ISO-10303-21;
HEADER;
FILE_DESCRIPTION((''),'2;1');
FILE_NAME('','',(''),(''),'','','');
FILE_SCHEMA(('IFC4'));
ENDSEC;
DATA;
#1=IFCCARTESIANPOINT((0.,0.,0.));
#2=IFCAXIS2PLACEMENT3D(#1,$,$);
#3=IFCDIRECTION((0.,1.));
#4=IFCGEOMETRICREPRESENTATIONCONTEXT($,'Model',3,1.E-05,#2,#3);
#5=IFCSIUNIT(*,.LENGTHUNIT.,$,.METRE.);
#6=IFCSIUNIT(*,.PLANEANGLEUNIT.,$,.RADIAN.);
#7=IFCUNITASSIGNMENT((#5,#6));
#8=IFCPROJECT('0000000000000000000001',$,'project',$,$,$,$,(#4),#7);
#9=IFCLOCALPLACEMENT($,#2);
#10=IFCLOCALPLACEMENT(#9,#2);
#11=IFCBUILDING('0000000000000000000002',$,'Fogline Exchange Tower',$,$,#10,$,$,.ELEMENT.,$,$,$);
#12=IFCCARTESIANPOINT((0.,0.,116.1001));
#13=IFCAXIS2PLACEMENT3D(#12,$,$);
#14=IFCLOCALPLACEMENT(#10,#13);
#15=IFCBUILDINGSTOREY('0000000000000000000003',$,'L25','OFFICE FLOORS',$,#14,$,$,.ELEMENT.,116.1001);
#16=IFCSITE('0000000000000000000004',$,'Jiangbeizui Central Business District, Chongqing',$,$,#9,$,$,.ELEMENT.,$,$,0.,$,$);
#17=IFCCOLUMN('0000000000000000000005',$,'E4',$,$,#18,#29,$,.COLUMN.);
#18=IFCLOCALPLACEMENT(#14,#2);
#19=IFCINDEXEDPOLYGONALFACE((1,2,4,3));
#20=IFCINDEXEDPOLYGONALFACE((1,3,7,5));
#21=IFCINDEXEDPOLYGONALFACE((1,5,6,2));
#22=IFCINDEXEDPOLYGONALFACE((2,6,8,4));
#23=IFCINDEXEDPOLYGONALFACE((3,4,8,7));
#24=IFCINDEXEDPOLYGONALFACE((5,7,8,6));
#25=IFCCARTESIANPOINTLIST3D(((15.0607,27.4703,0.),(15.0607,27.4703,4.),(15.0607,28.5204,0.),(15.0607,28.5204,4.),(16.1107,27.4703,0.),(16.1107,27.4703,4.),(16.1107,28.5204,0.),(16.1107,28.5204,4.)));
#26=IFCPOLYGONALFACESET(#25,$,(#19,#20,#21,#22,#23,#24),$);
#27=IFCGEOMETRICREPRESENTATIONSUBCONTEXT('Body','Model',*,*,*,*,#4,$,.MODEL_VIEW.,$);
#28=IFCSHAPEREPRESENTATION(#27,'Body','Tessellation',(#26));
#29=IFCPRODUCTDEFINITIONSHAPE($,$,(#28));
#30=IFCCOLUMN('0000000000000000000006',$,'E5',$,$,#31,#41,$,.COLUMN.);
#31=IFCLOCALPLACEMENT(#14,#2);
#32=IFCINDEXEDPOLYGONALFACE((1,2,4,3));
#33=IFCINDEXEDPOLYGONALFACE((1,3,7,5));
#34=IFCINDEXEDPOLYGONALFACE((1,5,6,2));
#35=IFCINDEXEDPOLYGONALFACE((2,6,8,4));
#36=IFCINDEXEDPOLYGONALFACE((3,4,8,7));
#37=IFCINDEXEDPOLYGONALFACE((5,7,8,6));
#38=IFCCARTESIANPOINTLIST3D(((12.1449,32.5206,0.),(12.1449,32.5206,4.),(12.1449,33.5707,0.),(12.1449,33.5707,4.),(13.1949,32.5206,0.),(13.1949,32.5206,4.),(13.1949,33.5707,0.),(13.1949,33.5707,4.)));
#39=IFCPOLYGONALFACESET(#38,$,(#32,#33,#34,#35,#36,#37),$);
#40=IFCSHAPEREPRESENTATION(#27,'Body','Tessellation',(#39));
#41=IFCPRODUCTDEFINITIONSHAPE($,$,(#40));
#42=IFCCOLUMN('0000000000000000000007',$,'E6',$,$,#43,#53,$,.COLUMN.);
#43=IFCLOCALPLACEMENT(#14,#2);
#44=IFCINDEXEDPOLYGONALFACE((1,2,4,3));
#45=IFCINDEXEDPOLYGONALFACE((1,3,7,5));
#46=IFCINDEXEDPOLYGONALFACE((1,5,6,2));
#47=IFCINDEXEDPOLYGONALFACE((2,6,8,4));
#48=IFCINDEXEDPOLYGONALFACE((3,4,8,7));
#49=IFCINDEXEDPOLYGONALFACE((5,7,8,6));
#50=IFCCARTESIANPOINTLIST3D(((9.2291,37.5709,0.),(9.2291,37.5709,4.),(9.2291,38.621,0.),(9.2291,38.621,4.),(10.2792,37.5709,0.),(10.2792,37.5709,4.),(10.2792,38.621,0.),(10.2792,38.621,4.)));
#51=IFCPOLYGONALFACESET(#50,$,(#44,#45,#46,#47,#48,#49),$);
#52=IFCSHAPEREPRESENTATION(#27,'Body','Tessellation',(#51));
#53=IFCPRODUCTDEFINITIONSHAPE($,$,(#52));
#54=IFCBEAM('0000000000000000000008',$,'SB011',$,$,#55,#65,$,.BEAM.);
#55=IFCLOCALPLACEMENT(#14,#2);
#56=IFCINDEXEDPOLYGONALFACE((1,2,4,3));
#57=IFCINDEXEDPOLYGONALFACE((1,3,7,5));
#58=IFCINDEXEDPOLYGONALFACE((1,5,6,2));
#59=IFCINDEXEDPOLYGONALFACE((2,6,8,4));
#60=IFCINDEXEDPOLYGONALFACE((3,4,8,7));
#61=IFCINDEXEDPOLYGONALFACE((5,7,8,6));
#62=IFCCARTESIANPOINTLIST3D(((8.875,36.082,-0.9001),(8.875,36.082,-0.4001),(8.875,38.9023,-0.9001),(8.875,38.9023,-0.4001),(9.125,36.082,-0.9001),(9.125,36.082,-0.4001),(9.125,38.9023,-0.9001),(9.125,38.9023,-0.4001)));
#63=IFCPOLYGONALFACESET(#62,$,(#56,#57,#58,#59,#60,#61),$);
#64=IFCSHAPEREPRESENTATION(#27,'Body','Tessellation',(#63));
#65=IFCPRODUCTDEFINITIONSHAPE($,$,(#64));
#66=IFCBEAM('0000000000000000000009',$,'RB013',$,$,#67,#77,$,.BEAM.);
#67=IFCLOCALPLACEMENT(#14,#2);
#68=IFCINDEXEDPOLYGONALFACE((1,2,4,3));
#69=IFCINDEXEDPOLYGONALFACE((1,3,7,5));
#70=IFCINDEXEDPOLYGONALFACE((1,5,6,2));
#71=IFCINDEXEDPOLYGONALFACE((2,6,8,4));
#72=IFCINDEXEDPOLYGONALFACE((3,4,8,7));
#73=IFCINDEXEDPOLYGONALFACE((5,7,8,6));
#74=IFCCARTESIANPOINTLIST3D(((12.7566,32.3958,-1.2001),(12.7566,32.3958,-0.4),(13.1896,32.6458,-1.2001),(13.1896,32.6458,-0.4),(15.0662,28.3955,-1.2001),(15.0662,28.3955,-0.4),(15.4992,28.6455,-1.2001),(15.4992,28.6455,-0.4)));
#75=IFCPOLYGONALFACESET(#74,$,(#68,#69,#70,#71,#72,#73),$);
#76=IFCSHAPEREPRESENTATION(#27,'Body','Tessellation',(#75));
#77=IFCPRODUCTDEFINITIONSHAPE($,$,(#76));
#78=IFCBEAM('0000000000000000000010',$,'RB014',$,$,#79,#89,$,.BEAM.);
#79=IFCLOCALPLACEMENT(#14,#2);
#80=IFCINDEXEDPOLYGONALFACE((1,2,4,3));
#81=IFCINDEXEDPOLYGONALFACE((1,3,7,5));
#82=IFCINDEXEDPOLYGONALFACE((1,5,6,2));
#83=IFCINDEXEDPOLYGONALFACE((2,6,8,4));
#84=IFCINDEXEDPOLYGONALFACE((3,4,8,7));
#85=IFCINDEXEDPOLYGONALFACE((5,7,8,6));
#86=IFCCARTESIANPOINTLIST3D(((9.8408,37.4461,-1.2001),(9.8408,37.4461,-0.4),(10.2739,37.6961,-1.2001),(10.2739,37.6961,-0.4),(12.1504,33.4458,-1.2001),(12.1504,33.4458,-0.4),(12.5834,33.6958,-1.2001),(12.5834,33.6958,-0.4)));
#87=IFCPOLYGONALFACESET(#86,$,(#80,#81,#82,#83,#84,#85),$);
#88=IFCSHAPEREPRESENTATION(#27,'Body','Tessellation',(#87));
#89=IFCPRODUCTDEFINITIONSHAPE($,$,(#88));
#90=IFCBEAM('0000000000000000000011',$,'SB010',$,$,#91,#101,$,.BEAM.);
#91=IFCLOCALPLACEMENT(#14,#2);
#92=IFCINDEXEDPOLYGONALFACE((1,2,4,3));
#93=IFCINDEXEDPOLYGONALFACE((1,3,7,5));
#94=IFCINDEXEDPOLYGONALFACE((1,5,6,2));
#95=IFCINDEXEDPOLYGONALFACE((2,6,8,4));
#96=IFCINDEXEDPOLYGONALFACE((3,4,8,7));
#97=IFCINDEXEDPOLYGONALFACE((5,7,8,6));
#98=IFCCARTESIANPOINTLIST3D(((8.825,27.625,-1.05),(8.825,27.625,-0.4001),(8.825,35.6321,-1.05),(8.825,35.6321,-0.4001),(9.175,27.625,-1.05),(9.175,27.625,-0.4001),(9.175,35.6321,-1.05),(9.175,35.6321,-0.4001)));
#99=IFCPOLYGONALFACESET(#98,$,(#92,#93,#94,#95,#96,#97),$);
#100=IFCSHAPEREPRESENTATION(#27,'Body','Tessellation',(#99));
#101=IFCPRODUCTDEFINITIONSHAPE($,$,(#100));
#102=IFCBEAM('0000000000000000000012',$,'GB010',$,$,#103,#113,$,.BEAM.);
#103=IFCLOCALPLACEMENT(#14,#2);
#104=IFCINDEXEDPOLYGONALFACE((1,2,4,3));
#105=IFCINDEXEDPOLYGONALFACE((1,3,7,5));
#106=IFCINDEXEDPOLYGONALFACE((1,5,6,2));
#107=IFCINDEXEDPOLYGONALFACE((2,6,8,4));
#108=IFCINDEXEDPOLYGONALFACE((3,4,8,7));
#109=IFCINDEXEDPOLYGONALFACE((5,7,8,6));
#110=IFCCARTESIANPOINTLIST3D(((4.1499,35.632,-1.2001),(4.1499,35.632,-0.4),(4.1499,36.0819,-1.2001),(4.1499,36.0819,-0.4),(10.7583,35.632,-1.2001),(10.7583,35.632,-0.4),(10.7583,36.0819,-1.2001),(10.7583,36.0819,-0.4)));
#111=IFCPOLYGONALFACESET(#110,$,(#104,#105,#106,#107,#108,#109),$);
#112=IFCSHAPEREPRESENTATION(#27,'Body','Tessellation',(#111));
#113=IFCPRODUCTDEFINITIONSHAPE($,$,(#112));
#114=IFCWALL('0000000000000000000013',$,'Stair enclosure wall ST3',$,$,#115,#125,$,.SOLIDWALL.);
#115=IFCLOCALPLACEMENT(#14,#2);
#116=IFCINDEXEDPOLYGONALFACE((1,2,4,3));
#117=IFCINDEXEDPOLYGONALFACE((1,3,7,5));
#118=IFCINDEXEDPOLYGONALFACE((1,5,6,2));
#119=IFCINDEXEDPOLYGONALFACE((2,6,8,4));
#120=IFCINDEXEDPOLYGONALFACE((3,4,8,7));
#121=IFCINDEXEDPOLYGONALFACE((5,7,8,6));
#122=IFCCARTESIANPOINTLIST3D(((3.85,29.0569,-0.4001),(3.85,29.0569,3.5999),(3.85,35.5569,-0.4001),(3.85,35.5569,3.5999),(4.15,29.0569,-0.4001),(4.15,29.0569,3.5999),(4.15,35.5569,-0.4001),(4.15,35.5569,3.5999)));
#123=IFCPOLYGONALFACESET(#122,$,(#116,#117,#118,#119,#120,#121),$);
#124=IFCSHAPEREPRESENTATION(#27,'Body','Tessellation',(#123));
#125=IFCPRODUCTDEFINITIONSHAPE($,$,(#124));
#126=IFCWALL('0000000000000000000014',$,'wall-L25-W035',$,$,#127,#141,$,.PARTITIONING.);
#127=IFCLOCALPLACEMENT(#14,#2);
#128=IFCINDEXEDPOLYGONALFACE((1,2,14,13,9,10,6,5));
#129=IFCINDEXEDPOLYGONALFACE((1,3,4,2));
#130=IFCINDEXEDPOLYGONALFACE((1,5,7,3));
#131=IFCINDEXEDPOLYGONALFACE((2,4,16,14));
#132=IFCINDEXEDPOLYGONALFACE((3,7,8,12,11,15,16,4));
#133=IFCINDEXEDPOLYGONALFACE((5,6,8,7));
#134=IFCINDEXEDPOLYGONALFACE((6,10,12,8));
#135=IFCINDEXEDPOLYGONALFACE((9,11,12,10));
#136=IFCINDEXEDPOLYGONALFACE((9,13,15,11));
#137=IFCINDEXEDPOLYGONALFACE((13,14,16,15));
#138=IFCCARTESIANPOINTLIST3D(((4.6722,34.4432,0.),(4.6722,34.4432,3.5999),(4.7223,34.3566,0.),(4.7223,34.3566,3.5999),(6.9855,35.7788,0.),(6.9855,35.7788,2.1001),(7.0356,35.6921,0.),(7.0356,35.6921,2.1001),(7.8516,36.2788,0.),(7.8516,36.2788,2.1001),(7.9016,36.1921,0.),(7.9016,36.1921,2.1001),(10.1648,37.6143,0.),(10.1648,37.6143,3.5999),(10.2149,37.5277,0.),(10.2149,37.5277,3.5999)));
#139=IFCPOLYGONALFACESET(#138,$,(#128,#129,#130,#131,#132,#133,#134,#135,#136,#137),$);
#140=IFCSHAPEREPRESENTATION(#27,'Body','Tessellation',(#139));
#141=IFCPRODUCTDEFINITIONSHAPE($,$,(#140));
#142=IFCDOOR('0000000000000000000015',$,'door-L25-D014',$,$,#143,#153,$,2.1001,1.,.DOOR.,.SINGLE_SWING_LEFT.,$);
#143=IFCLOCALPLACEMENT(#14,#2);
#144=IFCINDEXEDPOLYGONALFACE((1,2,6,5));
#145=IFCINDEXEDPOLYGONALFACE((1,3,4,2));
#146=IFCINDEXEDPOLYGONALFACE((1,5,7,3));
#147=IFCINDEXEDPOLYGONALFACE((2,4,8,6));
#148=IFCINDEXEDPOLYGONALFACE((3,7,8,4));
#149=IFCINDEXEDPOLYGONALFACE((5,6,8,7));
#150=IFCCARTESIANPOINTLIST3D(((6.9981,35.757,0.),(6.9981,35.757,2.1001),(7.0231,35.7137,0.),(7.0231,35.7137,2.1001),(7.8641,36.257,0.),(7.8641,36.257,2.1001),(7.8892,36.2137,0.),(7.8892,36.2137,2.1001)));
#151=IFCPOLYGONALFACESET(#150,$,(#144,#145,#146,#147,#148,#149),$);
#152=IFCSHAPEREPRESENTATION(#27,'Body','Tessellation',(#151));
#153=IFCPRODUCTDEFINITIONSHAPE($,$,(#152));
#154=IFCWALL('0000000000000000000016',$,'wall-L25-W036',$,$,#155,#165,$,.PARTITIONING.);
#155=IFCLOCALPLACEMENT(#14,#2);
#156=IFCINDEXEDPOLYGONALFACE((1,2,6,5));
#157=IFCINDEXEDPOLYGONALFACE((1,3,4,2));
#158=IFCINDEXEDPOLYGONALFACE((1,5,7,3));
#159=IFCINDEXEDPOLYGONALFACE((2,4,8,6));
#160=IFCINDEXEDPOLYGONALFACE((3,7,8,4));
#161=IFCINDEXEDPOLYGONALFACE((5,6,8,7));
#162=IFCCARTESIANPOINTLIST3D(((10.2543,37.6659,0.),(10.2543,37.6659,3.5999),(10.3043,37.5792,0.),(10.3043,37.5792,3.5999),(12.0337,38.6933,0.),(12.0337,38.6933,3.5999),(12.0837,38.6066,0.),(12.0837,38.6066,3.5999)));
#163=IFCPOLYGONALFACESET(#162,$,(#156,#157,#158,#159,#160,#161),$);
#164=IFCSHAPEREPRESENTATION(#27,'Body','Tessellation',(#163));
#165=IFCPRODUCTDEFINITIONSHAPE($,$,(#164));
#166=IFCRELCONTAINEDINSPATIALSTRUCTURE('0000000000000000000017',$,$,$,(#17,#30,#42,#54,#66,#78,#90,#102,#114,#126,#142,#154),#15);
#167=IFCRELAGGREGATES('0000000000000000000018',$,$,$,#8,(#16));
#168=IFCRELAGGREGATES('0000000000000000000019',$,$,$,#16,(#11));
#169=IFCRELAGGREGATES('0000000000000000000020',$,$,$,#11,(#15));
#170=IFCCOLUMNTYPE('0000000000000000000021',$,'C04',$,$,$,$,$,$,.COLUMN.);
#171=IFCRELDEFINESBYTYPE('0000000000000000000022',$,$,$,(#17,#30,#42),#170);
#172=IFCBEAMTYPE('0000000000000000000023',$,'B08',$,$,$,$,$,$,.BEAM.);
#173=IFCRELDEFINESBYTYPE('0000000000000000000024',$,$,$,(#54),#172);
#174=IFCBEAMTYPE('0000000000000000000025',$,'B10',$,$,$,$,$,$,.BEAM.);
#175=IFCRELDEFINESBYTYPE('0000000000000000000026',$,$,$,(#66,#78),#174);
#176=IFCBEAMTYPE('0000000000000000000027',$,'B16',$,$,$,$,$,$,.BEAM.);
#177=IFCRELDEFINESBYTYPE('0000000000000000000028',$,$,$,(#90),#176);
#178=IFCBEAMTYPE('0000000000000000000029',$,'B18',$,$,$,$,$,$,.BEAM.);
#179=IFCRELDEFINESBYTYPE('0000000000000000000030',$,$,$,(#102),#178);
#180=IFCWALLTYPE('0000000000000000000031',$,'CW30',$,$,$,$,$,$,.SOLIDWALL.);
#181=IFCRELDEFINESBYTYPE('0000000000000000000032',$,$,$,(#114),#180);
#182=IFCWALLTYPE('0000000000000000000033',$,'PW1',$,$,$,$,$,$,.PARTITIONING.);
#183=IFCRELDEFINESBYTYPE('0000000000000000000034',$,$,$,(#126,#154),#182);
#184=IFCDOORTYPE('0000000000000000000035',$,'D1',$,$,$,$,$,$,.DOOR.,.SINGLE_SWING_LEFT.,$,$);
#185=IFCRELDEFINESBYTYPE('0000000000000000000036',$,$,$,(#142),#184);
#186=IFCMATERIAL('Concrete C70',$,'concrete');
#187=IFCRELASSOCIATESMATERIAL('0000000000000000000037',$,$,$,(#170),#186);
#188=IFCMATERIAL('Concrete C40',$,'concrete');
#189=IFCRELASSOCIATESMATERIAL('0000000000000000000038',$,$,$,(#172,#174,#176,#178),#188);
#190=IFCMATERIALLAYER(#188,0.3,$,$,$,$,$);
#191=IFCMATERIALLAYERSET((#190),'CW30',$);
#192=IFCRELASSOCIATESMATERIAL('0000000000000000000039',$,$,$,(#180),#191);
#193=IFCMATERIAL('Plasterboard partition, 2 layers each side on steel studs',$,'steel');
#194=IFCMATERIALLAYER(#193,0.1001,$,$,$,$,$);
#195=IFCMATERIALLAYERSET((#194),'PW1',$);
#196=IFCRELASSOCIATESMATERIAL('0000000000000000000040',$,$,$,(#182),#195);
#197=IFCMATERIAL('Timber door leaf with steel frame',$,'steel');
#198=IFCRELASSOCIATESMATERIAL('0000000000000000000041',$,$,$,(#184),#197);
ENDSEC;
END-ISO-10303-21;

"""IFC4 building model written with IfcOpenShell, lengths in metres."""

from ifc_helpers import new_model, si_unit, direction, frame, frame_2d, origin, origin_2d, place, context, subcontext, project, spatial, rectangle, extrude, material, layer, layer_set, material_profile, profile_set, type_object, element, fill, save


model = new_model("IFC4")

# Units and contexts
model_context = context("Model", 3, precision=1e-05, world=origin(), true_north=direction((0.0, 1.0)))
body_context = subcontext(model_context, "Body", "Model", "MODEL_VIEW")
ifc_project = project(units=[si_unit("LENGTHUNIT", "METRE"), si_unit("PLANEANGLEUNIT", "RADIAN")], contexts=[model_context])

# Site, building, storey
site_placement = place(None, origin())
site = spatial("IfcSite", under=ifc_project, at=site_placement, Name="Jiangbeizui Central Business District, Chongqing", CompositionType="ELEMENT", RefElevation=0.0)
building_placement = place(site_placement, origin())
building = spatial("IfcBuilding", under=site, at=building_placement, Name="Fogline Exchange Tower", CompositionType="ELEMENT")
storey_placement = place(building_placement, frame((0.0, 0.0, 116.1001)))
storey = spatial("IfcBuildingStorey", under=building, at=storey_placement, Name="L25", Description="OFFICE FLOORS", CompositionType="ELEMENT", Elevation=116.1001)

# Columns
ifc_material_1 = material(Name="Concrete C70", Category="concrete")
ifc_material_profile_1 = material_profile(ifc_material_1, rectangle(XDim=1.05, YDim=1.05, at=origin_2d()), Name="RC 1050x1050")
ifc_profile_set_1 = profile_set([ifc_material_profile_1], Name="Concrete C70")
column_type = type_object("IfcColumnType", Name="C04", PredefinedType="COLUMN", material=ifc_profile_set_1)
for number, where, z_axis, x_axis, name in (
    (1, (15.5857, 27.9954, 0.0), (0.0, 0.0, 1.0), (1.0, 0.0, 0.0), "E4"),
    (2, (12.6699, 33.0457, 0.0), (0.0, 0.0, 1.0), (1.0, 0.0, 0.0), "E5"),
    (3, (9.7542, 38.0959, 0.0), (0.0, 0.0, 1.0), (1.0, 0.0, 0.0), "E6"),
):
    element("IfcColumn", number, at=place(storey_placement, frame(where, z_axis=z_axis, x_axis=x_axis)), inside=storey, type_object=column_type, Name=name, PredefinedType="COLUMN", context=body_context, shape_type="SweptSolid", body=[
        extrude(rectangle(XDim=1.05, YDim=1.05, at=origin_2d()), origin(), (0.0, 0.0, 1.0), 4.0),
    ])

# Beams
ifc_material_2 = material(Name="Concrete C40", Category="concrete")
ifc_material_profile_2 = material_profile(ifc_material_2, rectangle(XDim=0.25, YDim=0.5, at=origin_2d()), Name="RC 250x500")
ifc_profile_set_2 = profile_set([ifc_material_profile_2], Name="Concrete C40")
beam_type_1 = type_object("IfcBeamType", Name="B08", PredefinedType="BEAM", material=ifc_profile_set_2)
beam_1_placement = place(storey_placement, frame((9.0, 36.082, -0.6501), z_axis=(0.0, 1.0, 0.0), x_axis=(-1.0, 0.0, 0.0)))
element("IfcBeam", 4, at=beam_1_placement, inside=storey, type_object=beam_type_1, Name="SB011", PredefinedType="BEAM", context=body_context, shape_type="SweptSolid", body=[
    extrude(rectangle(XDim=0.25, YDim=0.5, at=origin_2d()), origin(), (0.0, 0.0, 1.0), 2.8203),
])
ifc_material_profile_3 = material_profile(ifc_material_2, rectangle(XDim=0.5, YDim=0.8, at=origin_2d()), Name="RC 500x800")
ifc_profile_set_3 = profile_set([ifc_material_profile_3], Name="Concrete C40")
beam_type_2 = type_object("IfcBeamType", Name="B10", PredefinedType="BEAM", material=ifc_profile_set_3)
for number, where, z_axis, x_axis, name in (
    (5, (15.2827, 28.5205, -0.8), (-0.500005, 0.866023, 0.0), (-0.866023, -0.500005, 0.0), "RB013"),
    (6, (12.3669, 33.5708, -0.8), (-0.500005, 0.866023, 0.0), (-0.866023, -0.500005, 0.0), "RB014"),
):
    element("IfcBeam", number, at=place(storey_placement, frame(where, z_axis=z_axis, x_axis=x_axis)), inside=storey, type_object=beam_type_2, Name=name, PredefinedType="BEAM", context=body_context, shape_type="SweptSolid", body=[
        extrude(rectangle(XDim=0.5, YDim=0.8, at=origin_2d()), origin(), (0.0, 0.0, 1.0), 4.6191),
    ])
ifc_material_profile_4 = material_profile(ifc_material_2, rectangle(XDim=0.3501, YDim=0.6499, at=origin_2d()), Name="RC 350x650")
ifc_profile_set_4 = profile_set([ifc_material_profile_4], Name="Concrete C40")
beam_type_3 = type_object("IfcBeamType", Name="B16", PredefinedType="BEAM", material=ifc_profile_set_4)
beam_2_placement = place(storey_placement, frame((9.0, 27.625, -0.7251), z_axis=(0.0, 1.0, 0.0), x_axis=(-1.0, 0.0, 0.0)))
element("IfcBeam", 7, at=beam_2_placement, inside=storey, type_object=beam_type_3, Name="SB010", PredefinedType="BEAM", context=body_context, shape_type="SweptSolid", body=[
    extrude(rectangle(XDim=0.3501, YDim=0.6499, at=origin_2d()), origin(), (0.0, 0.0, 1.0), 8.0071),
])
ifc_material_profile_5 = material_profile(ifc_material_2, rectangle(XDim=0.45, YDim=0.8, at=origin_2d()), Name="RC 450x800")
ifc_profile_set_5 = profile_set([ifc_material_profile_5], Name="Concrete C40")
beam_type_4 = type_object("IfcBeamType", Name="B18", PredefinedType="BEAM", material=ifc_profile_set_5)
beam_3_placement = place(storey_placement, frame((4.1499, 35.8569, -0.8), z_axis=(1.0, 0.0, 0.0), x_axis=(0.0, 1.0, 0.0)))
element("IfcBeam", 8, at=beam_3_placement, inside=storey, type_object=beam_type_4, Name="GB010", PredefinedType="BEAM", context=body_context, shape_type="SweptSolid", body=[
    extrude(rectangle(XDim=0.45, YDim=0.8, at=origin_2d()), origin(), (0.0, 0.0, 1.0), 6.6084),
])

# Wall
ifc_layer_1 = layer(ifc_material_2, 0.3)
ifc_layer_set_1 = layer_set([ifc_layer_1], Name="CW30")
wall_type_1 = type_object("IfcWallType", Name="CW30", PredefinedType="SOLIDWALL", material=ifc_layer_set_1)
wall_1_placement = place(storey_placement, frame((4.0, 29.0569, -0.4001), z_axis=(0.0, 0.0, 1.0), x_axis=(0.0, 1.0, 0.0)))
element("IfcWall", 9, at=wall_1_placement, inside=storey, type_object=wall_type_1, Name="Stair enclosure wall ST3", PredefinedType="SOLIDWALL", context=body_context, shape_type="SweptSolid", body=[
    extrude(rectangle(XDim=6.5, YDim=0.3, at=frame_2d((3.25, 0.0))), origin(), (0.0, 0.0, 1.0), 4.0),
])

# Wall, opening, door
ifc_material_3 = material(Name="Plasterboard partition, 2 layers each side on steel studs", Category="steel")
ifc_layer_2 = layer(ifc_material_3, 0.1001)
ifc_layer_set_2 = layer_set([ifc_layer_2], Name="PW1")
wall_type_2 = type_object("IfcWallType", Name="PW1", PredefinedType="PARTITIONING", material=ifc_layer_set_2)
wall_2_placement = place(storey_placement, frame((4.6973, 34.3999, 0.0), z_axis=(0.0, 0.0, 1.0), x_axis=(0.866029, 0.499993, 0.0)))
wall_2 = element("IfcWall", 10, at=wall_2_placement, inside=storey, type_object=wall_type_2, Name="wall-L25-W035", PredefinedType="PARTITIONING", context=body_context, shape_type="SweptSolid", body=[
    extrude(rectangle(XDim=6.3423, YDim=0.1001, at=frame_2d((3.1711, 0.0))), origin(), (0.0, 0.0, 1.0), 3.5999),
])
opening_1_placement = place(wall_2_placement, frame((2.6711, 0.0, 0.0)))
opening_1 = element("IfcOpeningElement", 11, at=opening_1_placement, cuts=wall_2, PredefinedType="OPENING", context=body_context, shape_type="SweptSolid", body=[
    extrude(rectangle(XDim=1.0, YDim=2.1001, at=frame_2d((0.5, 1.05))), frame((0.0, 0.0601, 0.0), z_axis=(0.0, -1.0, 0.0), x_axis=(1.0, 0.0, 0.0)), (0.0, 0.0, 1.0), 0.1201),
])
ifc_material_4 = material(Name="Timber door leaf with steel frame", Category="steel")
door_type_1 = type_object("IfcDoorType", Name="D1", OperationType="SINGLE_SWING_LEFT", PredefinedType="DOOR", material=ifc_material_4)
door_1_placement = place(opening_1_placement, origin())
door_1 = element("IfcDoor", 12, at=door_1_placement, inside=storey, type_object=door_type_1, Name="door-L25-D014", OperationType="SINGLE_SWING_LEFT", OverallHeight=2.1001, OverallWidth=1.0, PredefinedType="DOOR", context=body_context, shape_type="SweptSolid", body=[
    extrude(rectangle(XDim=1.0, YDim=2.1001, at=frame_2d((0.5, 1.05))), frame((0.0, 0.0249, 0.0), z_axis=(0.0, -1.0, 0.0), x_axis=(1.0, 0.0, 0.0)), (0.0, 0.0, 1.0), 0.05),
])
fill(opening_1, door_1)

# Wall
wall_3_placement = place(storey_placement, frame((10.2793, 37.6226, 0.0), z_axis=(0.0, 0.0, 1.0), x_axis=(0.866011, 0.500024, 0.0)))
element("IfcWall", 13, at=wall_3_placement, inside=storey, type_object=wall_type_2, Name="wall-L25-W036", PredefinedType="PARTITIONING", context=body_context, shape_type="SweptSolid", body=[
    extrude(rectangle(XDim=2.0547, YDim=0.1001, at=frame_2d((1.0273, 0.0))), origin(), (0.0, 0.0, 1.0), 3.5999),
])

save(model, "model.ifc")
